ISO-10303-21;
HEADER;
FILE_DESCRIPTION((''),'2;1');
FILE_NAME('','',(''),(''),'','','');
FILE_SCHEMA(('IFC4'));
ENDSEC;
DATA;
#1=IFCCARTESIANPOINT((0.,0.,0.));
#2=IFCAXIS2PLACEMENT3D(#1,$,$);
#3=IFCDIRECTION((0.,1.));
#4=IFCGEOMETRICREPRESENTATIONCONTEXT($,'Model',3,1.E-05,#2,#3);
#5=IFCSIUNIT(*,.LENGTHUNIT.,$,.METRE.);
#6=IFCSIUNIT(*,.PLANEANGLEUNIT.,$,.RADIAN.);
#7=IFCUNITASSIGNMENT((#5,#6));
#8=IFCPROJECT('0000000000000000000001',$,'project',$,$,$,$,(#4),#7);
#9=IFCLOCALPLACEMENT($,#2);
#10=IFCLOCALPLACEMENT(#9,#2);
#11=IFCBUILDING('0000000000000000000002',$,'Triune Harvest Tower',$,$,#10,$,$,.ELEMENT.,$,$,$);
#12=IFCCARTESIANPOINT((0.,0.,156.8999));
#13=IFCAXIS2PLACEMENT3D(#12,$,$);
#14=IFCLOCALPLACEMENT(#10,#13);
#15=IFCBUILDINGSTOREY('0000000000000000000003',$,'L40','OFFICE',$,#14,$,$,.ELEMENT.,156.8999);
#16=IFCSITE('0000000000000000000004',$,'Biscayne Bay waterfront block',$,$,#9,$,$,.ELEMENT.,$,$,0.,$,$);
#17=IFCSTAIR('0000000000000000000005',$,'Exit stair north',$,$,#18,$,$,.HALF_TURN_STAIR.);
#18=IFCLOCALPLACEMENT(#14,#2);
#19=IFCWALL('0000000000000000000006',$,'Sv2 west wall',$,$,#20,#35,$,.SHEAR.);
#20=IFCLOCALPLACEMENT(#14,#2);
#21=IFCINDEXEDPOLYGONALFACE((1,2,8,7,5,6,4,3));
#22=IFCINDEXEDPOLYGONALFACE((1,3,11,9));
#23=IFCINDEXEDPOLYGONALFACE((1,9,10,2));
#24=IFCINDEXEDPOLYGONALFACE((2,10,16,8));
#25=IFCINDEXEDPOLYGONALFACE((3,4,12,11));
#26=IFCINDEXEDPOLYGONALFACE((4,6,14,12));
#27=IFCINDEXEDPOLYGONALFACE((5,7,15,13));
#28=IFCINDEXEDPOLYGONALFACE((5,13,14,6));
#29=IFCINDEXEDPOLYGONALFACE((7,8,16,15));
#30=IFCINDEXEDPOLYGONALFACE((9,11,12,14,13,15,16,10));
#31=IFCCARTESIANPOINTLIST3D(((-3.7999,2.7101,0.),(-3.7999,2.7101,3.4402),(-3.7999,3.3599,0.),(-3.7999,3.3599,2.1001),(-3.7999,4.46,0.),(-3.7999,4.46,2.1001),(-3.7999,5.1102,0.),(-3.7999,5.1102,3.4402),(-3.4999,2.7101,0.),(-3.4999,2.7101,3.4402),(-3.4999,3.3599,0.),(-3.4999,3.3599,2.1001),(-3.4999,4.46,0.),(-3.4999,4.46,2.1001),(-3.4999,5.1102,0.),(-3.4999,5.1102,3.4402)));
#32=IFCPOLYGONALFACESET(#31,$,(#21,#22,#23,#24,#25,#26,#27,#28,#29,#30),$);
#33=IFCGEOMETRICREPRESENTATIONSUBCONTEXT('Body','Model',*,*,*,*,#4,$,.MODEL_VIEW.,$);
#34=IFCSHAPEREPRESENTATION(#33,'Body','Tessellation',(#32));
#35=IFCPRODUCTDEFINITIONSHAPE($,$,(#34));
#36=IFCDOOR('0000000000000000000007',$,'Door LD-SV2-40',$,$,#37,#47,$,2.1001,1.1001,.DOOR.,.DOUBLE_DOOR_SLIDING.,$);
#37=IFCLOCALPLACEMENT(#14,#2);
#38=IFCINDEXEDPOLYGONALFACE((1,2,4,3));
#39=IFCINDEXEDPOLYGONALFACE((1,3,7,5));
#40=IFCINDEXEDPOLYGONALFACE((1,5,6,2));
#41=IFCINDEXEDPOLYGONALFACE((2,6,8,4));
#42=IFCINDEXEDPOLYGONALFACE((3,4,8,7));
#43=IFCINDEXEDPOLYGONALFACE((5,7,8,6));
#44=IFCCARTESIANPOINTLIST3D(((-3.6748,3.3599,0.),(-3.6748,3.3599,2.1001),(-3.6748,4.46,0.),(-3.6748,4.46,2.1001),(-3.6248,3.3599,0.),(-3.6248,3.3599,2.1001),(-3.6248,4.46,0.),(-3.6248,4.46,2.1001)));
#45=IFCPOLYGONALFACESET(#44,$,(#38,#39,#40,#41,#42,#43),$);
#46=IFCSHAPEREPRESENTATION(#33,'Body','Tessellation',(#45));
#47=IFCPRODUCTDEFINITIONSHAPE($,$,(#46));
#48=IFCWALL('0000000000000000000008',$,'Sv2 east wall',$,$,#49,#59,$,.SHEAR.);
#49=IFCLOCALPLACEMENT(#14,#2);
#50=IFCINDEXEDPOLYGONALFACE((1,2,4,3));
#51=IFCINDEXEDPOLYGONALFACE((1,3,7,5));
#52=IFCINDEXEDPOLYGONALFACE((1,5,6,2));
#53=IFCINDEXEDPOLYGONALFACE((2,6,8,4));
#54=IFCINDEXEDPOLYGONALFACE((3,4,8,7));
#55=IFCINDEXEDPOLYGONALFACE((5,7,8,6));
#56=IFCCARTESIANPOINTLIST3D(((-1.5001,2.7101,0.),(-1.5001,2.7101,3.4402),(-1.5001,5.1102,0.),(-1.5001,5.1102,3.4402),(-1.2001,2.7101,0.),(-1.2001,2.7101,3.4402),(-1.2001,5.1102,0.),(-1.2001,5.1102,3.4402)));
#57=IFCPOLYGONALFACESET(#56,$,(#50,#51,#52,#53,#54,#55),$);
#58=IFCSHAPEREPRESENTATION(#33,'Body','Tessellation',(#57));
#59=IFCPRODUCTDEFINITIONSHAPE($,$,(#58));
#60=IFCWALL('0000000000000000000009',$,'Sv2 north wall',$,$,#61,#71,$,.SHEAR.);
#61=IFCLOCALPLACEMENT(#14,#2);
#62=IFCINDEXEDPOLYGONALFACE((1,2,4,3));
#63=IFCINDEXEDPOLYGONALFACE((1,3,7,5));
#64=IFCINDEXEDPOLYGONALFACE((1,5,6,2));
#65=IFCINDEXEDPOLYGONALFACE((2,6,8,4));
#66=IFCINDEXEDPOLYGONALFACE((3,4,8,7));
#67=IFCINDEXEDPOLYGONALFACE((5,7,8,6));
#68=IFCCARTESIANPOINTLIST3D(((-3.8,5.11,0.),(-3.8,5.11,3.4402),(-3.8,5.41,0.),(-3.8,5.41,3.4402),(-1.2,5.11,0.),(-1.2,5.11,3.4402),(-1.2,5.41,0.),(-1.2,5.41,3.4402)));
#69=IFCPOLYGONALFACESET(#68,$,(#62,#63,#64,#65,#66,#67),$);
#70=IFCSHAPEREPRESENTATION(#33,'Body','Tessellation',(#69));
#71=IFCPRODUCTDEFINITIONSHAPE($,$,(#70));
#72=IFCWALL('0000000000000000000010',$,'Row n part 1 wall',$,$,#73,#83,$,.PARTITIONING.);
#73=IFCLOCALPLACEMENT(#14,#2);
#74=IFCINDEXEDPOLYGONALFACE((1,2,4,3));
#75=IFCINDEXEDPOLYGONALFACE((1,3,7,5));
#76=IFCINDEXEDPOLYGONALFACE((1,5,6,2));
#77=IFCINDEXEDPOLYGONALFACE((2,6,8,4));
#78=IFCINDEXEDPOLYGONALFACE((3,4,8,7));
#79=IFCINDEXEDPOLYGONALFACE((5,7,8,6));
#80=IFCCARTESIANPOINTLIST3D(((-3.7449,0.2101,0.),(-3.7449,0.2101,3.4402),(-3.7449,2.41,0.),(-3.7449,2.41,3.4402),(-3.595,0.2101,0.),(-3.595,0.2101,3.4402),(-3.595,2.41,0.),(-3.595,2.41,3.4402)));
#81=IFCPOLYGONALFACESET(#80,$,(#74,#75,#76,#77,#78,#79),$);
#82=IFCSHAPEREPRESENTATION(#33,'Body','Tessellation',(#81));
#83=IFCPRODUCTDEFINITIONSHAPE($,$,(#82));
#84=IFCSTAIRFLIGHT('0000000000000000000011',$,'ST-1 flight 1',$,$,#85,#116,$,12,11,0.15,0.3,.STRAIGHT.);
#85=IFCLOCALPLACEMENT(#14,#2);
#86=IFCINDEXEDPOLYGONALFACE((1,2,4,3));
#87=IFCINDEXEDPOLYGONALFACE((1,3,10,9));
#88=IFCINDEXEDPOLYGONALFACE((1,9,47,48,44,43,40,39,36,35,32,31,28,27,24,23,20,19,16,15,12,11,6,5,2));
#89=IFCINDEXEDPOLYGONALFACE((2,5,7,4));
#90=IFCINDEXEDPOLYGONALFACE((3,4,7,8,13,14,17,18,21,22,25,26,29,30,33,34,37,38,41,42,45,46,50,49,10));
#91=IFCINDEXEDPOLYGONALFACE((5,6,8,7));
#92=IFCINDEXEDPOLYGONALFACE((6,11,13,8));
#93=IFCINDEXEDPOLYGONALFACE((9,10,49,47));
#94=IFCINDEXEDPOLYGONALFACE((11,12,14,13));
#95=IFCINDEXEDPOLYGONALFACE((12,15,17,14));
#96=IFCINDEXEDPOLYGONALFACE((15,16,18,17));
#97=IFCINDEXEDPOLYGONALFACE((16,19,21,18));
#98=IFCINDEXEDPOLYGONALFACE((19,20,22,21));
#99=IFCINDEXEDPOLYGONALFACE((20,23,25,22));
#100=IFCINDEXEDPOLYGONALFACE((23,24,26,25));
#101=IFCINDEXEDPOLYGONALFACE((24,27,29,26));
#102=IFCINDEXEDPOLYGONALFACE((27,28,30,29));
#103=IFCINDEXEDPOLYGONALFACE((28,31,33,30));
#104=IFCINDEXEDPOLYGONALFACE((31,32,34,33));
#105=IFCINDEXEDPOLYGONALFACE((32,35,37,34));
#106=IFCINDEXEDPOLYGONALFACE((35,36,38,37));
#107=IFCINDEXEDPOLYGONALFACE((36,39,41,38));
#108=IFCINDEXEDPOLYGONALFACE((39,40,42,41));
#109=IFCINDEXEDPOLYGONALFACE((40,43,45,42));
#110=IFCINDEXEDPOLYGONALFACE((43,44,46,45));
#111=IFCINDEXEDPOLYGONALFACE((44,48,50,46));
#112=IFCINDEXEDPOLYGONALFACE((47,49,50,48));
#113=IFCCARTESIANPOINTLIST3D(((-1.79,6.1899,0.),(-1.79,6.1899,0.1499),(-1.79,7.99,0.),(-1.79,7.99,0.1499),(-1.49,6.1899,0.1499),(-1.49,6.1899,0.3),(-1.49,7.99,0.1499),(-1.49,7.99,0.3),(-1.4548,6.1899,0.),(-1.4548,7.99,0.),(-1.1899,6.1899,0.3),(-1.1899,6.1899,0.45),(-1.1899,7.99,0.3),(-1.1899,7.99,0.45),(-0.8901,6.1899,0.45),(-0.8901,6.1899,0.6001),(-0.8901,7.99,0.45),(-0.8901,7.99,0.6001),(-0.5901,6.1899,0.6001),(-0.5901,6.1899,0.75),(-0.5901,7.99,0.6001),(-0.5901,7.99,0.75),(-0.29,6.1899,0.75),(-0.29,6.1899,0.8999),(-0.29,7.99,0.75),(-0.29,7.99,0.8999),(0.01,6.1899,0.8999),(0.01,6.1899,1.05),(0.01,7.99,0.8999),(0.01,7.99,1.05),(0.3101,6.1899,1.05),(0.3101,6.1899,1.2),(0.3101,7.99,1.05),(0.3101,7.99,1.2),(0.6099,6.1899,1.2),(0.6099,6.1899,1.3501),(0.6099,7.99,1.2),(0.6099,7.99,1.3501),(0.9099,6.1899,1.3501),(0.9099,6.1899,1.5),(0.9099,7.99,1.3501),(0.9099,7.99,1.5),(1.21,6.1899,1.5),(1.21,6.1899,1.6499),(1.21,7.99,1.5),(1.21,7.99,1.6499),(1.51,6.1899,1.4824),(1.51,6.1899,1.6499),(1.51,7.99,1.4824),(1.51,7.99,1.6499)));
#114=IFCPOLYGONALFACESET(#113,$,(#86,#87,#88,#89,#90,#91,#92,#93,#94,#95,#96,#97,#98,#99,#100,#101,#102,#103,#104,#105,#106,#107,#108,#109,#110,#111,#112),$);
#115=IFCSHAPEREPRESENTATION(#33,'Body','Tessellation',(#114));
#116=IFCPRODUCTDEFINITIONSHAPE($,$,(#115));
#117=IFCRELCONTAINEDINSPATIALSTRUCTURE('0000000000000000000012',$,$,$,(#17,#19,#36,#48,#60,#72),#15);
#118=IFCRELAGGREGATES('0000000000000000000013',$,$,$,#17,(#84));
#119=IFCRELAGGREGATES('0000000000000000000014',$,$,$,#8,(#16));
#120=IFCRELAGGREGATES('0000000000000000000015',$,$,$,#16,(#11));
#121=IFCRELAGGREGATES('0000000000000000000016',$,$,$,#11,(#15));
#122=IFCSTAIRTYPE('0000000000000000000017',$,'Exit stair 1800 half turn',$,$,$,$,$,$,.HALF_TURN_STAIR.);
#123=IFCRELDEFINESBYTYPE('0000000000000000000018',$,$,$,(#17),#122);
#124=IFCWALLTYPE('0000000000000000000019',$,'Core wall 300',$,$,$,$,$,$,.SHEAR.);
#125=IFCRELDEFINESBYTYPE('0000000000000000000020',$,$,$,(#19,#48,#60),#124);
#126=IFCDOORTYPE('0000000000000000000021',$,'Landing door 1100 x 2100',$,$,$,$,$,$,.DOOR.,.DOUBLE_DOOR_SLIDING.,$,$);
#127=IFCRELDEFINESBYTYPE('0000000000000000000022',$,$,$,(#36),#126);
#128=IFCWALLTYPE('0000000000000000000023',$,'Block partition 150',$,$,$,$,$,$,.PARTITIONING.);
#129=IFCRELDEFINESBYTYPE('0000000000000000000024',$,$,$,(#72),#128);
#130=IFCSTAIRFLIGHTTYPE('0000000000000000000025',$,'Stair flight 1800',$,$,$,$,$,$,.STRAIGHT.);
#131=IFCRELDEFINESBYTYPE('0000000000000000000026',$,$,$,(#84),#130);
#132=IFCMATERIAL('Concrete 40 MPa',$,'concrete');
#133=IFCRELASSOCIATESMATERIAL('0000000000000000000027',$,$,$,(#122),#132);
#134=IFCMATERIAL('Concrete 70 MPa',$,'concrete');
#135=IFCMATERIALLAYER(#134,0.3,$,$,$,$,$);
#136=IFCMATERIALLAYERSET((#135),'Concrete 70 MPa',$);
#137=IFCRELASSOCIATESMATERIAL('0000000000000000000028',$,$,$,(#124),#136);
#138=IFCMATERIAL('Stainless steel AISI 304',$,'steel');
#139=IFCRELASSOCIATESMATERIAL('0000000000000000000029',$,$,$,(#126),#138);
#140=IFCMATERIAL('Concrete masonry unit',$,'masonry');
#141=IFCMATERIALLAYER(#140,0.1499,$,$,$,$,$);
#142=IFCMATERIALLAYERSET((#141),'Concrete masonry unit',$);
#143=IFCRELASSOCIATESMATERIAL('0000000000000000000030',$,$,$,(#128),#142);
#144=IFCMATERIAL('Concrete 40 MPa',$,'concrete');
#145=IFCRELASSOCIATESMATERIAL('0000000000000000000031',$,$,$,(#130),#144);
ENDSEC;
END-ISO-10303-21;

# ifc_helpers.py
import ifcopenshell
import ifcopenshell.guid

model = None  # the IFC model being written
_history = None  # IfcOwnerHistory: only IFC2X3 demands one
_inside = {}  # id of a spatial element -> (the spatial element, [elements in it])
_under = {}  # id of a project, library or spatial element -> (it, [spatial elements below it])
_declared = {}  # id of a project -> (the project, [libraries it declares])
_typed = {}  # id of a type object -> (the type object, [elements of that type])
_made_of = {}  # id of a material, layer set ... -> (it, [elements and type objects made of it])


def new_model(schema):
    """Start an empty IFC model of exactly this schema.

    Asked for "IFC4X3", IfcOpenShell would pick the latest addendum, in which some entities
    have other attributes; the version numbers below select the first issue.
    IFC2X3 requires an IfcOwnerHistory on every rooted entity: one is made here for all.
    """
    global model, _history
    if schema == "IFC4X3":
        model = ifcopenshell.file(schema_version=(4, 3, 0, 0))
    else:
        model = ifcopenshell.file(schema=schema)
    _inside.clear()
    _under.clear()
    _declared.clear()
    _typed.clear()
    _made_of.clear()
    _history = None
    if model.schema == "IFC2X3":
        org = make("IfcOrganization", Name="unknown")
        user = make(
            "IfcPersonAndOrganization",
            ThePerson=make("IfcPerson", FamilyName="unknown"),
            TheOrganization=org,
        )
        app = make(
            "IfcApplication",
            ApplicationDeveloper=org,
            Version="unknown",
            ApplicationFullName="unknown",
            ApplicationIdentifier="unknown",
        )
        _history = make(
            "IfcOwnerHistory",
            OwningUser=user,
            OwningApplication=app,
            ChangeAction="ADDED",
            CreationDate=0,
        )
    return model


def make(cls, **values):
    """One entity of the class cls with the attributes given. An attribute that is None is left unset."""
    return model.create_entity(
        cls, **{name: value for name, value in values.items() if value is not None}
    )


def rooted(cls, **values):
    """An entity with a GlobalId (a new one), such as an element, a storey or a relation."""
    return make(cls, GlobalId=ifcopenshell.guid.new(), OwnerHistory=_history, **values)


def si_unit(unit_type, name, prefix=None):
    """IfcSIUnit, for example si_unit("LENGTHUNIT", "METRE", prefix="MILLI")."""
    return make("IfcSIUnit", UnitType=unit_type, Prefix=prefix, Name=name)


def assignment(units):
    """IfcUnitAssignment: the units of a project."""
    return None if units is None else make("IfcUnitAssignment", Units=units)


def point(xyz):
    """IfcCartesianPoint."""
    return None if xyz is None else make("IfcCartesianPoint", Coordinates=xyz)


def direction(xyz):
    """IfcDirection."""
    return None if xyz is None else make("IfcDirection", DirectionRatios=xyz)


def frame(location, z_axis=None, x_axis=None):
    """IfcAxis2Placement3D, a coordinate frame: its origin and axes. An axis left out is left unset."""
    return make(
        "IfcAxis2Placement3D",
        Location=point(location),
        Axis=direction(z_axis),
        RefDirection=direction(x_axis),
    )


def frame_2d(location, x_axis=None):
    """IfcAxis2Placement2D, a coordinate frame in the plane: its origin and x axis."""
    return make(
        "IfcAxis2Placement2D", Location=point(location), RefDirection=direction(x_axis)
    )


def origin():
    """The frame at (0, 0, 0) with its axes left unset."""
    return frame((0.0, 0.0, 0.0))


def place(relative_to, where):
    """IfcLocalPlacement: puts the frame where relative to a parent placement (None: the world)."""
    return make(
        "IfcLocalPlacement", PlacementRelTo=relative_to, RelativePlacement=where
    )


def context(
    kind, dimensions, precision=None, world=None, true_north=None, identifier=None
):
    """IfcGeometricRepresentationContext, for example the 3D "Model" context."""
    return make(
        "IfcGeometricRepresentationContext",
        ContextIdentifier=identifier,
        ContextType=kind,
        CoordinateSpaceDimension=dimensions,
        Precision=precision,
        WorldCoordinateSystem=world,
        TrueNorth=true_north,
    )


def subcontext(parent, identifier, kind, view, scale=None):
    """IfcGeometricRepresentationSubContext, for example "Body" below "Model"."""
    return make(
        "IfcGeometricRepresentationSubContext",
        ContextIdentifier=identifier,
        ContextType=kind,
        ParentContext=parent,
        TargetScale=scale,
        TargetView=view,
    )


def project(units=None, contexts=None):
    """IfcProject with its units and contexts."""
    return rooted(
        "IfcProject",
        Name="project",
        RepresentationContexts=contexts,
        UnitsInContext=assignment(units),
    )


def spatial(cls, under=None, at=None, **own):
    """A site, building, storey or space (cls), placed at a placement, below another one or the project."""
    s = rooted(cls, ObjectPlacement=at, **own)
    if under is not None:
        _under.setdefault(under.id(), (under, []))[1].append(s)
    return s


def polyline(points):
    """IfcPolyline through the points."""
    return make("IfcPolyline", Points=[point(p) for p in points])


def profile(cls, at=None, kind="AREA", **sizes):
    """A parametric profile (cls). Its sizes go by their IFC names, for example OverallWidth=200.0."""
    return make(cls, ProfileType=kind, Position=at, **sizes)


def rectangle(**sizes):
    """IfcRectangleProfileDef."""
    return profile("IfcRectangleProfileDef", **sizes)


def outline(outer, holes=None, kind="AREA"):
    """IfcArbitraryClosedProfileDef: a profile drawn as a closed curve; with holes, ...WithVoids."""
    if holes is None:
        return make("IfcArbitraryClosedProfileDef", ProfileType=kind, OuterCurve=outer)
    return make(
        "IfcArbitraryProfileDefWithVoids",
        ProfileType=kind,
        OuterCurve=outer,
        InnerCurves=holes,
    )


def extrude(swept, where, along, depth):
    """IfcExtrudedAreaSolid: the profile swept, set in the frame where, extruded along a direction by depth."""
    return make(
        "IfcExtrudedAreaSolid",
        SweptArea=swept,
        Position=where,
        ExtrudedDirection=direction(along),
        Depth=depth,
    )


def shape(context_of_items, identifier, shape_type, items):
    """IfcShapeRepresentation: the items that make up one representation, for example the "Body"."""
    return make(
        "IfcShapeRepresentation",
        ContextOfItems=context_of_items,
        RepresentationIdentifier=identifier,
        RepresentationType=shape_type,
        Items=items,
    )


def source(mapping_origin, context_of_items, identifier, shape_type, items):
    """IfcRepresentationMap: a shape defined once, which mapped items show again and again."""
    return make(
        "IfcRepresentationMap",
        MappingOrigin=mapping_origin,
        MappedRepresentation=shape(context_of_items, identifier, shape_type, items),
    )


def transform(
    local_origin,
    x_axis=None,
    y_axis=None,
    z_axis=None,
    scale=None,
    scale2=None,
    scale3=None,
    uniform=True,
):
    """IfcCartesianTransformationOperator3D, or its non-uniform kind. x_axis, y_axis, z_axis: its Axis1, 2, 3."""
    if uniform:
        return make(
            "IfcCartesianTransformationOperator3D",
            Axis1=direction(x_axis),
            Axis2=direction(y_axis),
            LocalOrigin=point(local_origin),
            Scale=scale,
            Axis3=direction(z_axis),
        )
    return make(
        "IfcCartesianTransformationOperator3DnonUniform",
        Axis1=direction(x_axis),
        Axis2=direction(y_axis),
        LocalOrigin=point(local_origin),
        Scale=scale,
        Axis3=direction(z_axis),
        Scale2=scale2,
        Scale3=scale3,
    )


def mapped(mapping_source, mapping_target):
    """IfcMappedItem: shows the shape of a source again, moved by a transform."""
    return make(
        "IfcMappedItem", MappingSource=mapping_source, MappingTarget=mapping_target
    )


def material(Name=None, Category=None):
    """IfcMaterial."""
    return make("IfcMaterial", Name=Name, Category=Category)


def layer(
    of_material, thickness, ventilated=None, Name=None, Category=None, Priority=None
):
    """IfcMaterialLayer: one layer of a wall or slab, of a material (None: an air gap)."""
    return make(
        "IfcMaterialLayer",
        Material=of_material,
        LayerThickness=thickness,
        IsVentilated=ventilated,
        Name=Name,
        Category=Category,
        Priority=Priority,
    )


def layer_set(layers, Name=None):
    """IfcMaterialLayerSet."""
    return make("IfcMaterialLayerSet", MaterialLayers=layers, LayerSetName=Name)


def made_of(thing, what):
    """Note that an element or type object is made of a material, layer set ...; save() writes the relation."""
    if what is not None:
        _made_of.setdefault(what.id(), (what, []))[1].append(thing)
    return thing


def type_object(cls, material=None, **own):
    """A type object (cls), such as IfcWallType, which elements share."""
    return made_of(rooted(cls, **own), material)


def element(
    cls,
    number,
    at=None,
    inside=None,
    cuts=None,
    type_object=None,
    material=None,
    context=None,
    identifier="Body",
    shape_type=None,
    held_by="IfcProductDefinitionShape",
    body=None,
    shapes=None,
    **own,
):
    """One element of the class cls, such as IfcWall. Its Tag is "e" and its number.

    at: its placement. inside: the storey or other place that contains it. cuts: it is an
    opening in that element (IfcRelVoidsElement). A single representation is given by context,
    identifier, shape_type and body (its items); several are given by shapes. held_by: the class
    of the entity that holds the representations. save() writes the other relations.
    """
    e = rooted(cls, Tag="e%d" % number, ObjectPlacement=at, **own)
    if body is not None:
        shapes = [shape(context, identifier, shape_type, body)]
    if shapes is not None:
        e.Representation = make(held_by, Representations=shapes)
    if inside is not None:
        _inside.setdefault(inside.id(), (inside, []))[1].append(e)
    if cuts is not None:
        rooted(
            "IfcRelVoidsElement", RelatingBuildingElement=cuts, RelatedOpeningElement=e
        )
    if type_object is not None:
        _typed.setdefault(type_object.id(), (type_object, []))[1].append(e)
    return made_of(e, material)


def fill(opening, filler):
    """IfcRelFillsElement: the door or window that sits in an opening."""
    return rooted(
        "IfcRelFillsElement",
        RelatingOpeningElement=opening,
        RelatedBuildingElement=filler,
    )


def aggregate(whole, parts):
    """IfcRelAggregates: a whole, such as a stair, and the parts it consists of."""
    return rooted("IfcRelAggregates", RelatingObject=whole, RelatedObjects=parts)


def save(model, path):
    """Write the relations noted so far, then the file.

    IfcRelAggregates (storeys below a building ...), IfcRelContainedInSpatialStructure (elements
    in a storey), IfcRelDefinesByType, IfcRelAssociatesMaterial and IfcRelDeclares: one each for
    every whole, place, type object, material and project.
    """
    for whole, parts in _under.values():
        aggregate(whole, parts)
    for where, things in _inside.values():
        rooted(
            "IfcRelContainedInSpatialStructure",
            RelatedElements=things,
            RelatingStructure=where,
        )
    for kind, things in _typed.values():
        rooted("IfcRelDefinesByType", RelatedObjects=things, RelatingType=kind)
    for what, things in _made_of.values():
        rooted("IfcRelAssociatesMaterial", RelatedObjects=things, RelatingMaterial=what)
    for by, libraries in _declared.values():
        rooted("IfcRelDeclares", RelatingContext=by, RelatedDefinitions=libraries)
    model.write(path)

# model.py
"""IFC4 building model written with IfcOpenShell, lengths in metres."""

from ifc_helpers import new_model, si_unit, direction, frame, frame_2d, origin, place, context, subcontext, project, spatial, polyline, rectangle, outline, extrude, source, transform, mapped, material, layer, layer_set, type_object, element, fill, aggregate, save


model = new_model("IFC4")

# Units and contexts
model_context = context("Model", 3, precision=1e-05, world=origin(), true_north=direction((0.0, 1.0)))
body_context = subcontext(model_context, "Body", "Model", "MODEL_VIEW")
ifc_project = project(units=[si_unit("LENGTHUNIT", "METRE"), si_unit("PLANEANGLEUNIT", "RADIAN")], contexts=[model_context])

# Site, building, storey
site_placement = place(None, origin())
site = spatial("IfcSite", under=ifc_project, at=site_placement, Name="Biscayne Bay waterfront block", CompositionType="ELEMENT", RefElevation=0.0)
building_placement = place(site_placement, origin())
building = spatial("IfcBuilding", under=site, at=building_placement, Name="Triune Harvest Tower", CompositionType="ELEMENT")
storey_placement = place(building_placement, frame((0.0, 0.0, 156.8999)))
storey = spatial("IfcBuildingStorey", under=building, at=storey_placement, Name="L40", Description="OFFICE", CompositionType="ELEMENT", Elevation=156.8999)

# Stair
ifc_material_1 = material(Name="Concrete 40 MPa", Category="concrete")
stair_type = type_object("IfcStairType", Name="Exit stair 1800 half turn", PredefinedType="HALF_TURN_STAIR", material=ifc_material_1)
stair_1_placement = place(storey_placement, origin())
stair_1 = element("IfcStair", 1, at=stair_1_placement, inside=storey, type_object=stair_type, Name="Exit stair north", PredefinedType="HALF_TURN_STAIR")

# Shared definitions
ifc_material_2 = material(Name="Concrete 70 MPa", Category="concrete")
ifc_layer_1 = layer(ifc_material_2, 0.3)
ifc_layer_set_1 = layer_set([ifc_layer_1], Name="Concrete 70 MPa")
wall_type_1 = type_object("IfcWallType", Name="Core wall 300", PredefinedType="SHEAR", material=ifc_layer_set_1)

# Shared definitions
shared_shape_1 = source(origin(), body_context, "Body", "SweptSolid", [
    extrude(rectangle(XDim=2.4001, YDim=0.3, at=frame_2d((1.2002, 0.0))), origin(), (0.0, 0.0, 1.0), 3.4402),
])

# Wall, opening, door
ifc_material_3 = material(Name="Stainless steel AISI 304", Category="steel")
door_type_1 = type_object("IfcDoorType", Name="Landing door 1100 x 2100", OperationType="DOUBLE_DOOR_SLIDING", PredefinedType="DOOR", material=ifc_material_3)
wall_1_placement = place(storey_placement, frame((-3.6499, 2.71, 0.0), z_axis=(0.0, 0.0, 1.0), x_axis=(0.0, 1.0, 0.0)))
wall_1 = element("IfcWall", 2, at=wall_1_placement, inside=storey, type_object=wall_type_1, Name="Sv2 west wall", PredefinedType="SHEAR", context=body_context, shape_type="MappedRepresentation", body=[
    mapped(shared_shape_1, transform((0.0, 0.0, 0.0), scale=1.0)),
])
opening_1_placement = place(wall_1_placement, frame((0.6499, 0.0, 0.0)))
opening_1 = element("IfcOpeningElement", 3, at=opening_1_placement, cuts=wall_1, PredefinedType="OPENING", context=body_context, shape_type="SweptSolid", body=[
    extrude(rectangle(XDim=1.1001, YDim=2.1001, at=frame_2d((0.55, 1.05))), frame((0.0, 0.1602, 0.0), z_axis=(0.0, -1.0, 0.0), x_axis=(1.0, 0.0, 0.0)), (0.0, 0.0, 1.0), 0.3201),
])
door_1_placement = place(opening_1_placement, origin())
door_1 = element("IfcDoor", 4, at=door_1_placement, inside=storey, type_object=door_type_1, Name="Door LD-SV2-40", OperationType="DOUBLE_DOOR_SLIDING", OverallHeight=2.1001, OverallWidth=1.1001, PredefinedType="DOOR", context=body_context, shape_type="SweptSolid", body=[
    extrude(rectangle(XDim=1.1001, YDim=2.1001, at=frame_2d((0.55, 1.05))), frame((0.0, 0.0249, 0.0), z_axis=(0.0, -1.0, 0.0), x_axis=(1.0, 0.0, 0.0)), (0.0, 0.0, 1.0), 0.05),
])
fill(opening_1, door_1)

# Walls
wall_2_placement = place(storey_placement, frame((-1.3501, 2.71, 0.0), z_axis=(0.0, 0.0, 1.0), x_axis=(0.0, 1.0, 0.0)))
element("IfcWall", 5, at=wall_2_placement, inside=storey, type_object=wall_type_1, Name="Sv2 east wall", PredefinedType="SHEAR", context=body_context, shape_type="MappedRepresentation", body=[
    mapped(shared_shape_1, transform((0.0, 0.0, 0.0), scale=1.0)),
])
shared_shape_2 = source(origin(), body_context, "Body", "SweptSolid", [
    extrude(rectangle(XDim=2.6001, YDim=0.3, at=frame_2d((1.3, 0.0))), origin(), (0.0, 0.0, 1.0), 3.4402),
])
wall_3_placement = place(storey_placement, frame((-3.8, 5.26, 0.0), z_axis=(0.0, 0.0, 1.0), x_axis=(1.0, 0.0, 0.0)))
element("IfcWall", 6, at=wall_3_placement, inside=storey, type_object=wall_type_1, Name="Sv2 north wall", PredefinedType="SHEAR", context=body_context, shape_type="MappedRepresentation", body=[
    mapped(shared_shape_2, transform((0.0, 0.0, 0.0), scale=1.0)),
])
ifc_material_4 = material(Name="Concrete masonry unit", Category="masonry")
ifc_layer_2 = layer(ifc_material_4, 0.1499)
ifc_layer_set_2 = layer_set([ifc_layer_2], Name="Concrete masonry unit")
wall_type_2 = type_object("IfcWallType", Name="Block partition 150", PredefinedType="PARTITIONING", material=ifc_layer_set_2)
shared_shape_3 = source(origin(), body_context, "Body", "SweptSolid", [
    extrude(rectangle(XDim=2.2, YDim=0.1499, at=frame_2d((1.1001, 0.0))), origin(), (0.0, 0.0, 1.0), 3.4402),
])
wall_4_placement = place(storey_placement, frame((-3.6699, 0.21, 0.0), z_axis=(0.0, 0.0, 1.0), x_axis=(0.0, 1.0, 0.0)))
element("IfcWall", 7, at=wall_4_placement, inside=storey, type_object=wall_type_2, Name="Row n part 1 wall", PredefinedType="PARTITIONING", context=body_context, shape_type="MappedRepresentation", body=[
    mapped(shared_shape_3, transform((0.0, 0.0, 0.0), scale=1.0)),
])

# Stair flight
ifc_material_5 = material(Name="Concrete 40 MPa", Category="concrete")
stair_flight_type = type_object("IfcStairFlightType", Name="Stair flight 1800", PredefinedType="STRAIGHT", material=ifc_material_5)
shared_shape_4 = source(origin(), body_context, "Body", "SweptSolid", [
    extrude(outline(polyline([(0.0, 0.0), (0.0, 0.1499), (0.3, 0.1499), (0.3, 0.3), (0.6001, 0.3), (0.6001, 0.45), (0.8999, 0.45), (0.8999, 0.6001), (1.2, 0.6001), (1.2, 0.75), (1.5, 0.75), (1.5, 0.8999), (1.8, 0.8999), (1.8, 1.05), (2.1001, 1.05), (2.1001, 1.2), (2.3999, 1.2), (2.3999, 1.3501), (2.7, 1.3501), (2.7, 1.5), (3.0, 1.5), (3.0, 1.6499), (3.3, 1.6499), (3.3, 1.8), (3.3, 1.4824), (0.3352, 0.0), (0.0, 0.0)])), frame((0.0, 0.8999, 0.0), z_axis=(0.0, -1.0, 0.0), x_axis=(1.0, 0.0, 0.0)), (0.0, 0.0, 1.0), 1.8),
])
stair_flight_placement = place(storey_placement, frame((-1.79, 7.0901, 0.0), z_axis=(0.0, 0.0, 1.0), x_axis=(1.0, 0.0, 0.0)))
stair_flight = element("IfcStairFlight", 8, at=stair_flight_placement, type_object=stair_flight_type, Name="ST-1 flight 1", NumberOfRisers=12, NumberOfTreads=11, PredefinedType="STRAIGHT", RiserHeight=0.15, TreadLength=0.3, context=body_context, shape_type="MappedRepresentation", body=[
    mapped(shared_shape_4, transform((0.0, 0.0, 0.0), scale=1.0)),
])
aggregate(stair_1, [stair_flight])

save(model, "model.ifc")
